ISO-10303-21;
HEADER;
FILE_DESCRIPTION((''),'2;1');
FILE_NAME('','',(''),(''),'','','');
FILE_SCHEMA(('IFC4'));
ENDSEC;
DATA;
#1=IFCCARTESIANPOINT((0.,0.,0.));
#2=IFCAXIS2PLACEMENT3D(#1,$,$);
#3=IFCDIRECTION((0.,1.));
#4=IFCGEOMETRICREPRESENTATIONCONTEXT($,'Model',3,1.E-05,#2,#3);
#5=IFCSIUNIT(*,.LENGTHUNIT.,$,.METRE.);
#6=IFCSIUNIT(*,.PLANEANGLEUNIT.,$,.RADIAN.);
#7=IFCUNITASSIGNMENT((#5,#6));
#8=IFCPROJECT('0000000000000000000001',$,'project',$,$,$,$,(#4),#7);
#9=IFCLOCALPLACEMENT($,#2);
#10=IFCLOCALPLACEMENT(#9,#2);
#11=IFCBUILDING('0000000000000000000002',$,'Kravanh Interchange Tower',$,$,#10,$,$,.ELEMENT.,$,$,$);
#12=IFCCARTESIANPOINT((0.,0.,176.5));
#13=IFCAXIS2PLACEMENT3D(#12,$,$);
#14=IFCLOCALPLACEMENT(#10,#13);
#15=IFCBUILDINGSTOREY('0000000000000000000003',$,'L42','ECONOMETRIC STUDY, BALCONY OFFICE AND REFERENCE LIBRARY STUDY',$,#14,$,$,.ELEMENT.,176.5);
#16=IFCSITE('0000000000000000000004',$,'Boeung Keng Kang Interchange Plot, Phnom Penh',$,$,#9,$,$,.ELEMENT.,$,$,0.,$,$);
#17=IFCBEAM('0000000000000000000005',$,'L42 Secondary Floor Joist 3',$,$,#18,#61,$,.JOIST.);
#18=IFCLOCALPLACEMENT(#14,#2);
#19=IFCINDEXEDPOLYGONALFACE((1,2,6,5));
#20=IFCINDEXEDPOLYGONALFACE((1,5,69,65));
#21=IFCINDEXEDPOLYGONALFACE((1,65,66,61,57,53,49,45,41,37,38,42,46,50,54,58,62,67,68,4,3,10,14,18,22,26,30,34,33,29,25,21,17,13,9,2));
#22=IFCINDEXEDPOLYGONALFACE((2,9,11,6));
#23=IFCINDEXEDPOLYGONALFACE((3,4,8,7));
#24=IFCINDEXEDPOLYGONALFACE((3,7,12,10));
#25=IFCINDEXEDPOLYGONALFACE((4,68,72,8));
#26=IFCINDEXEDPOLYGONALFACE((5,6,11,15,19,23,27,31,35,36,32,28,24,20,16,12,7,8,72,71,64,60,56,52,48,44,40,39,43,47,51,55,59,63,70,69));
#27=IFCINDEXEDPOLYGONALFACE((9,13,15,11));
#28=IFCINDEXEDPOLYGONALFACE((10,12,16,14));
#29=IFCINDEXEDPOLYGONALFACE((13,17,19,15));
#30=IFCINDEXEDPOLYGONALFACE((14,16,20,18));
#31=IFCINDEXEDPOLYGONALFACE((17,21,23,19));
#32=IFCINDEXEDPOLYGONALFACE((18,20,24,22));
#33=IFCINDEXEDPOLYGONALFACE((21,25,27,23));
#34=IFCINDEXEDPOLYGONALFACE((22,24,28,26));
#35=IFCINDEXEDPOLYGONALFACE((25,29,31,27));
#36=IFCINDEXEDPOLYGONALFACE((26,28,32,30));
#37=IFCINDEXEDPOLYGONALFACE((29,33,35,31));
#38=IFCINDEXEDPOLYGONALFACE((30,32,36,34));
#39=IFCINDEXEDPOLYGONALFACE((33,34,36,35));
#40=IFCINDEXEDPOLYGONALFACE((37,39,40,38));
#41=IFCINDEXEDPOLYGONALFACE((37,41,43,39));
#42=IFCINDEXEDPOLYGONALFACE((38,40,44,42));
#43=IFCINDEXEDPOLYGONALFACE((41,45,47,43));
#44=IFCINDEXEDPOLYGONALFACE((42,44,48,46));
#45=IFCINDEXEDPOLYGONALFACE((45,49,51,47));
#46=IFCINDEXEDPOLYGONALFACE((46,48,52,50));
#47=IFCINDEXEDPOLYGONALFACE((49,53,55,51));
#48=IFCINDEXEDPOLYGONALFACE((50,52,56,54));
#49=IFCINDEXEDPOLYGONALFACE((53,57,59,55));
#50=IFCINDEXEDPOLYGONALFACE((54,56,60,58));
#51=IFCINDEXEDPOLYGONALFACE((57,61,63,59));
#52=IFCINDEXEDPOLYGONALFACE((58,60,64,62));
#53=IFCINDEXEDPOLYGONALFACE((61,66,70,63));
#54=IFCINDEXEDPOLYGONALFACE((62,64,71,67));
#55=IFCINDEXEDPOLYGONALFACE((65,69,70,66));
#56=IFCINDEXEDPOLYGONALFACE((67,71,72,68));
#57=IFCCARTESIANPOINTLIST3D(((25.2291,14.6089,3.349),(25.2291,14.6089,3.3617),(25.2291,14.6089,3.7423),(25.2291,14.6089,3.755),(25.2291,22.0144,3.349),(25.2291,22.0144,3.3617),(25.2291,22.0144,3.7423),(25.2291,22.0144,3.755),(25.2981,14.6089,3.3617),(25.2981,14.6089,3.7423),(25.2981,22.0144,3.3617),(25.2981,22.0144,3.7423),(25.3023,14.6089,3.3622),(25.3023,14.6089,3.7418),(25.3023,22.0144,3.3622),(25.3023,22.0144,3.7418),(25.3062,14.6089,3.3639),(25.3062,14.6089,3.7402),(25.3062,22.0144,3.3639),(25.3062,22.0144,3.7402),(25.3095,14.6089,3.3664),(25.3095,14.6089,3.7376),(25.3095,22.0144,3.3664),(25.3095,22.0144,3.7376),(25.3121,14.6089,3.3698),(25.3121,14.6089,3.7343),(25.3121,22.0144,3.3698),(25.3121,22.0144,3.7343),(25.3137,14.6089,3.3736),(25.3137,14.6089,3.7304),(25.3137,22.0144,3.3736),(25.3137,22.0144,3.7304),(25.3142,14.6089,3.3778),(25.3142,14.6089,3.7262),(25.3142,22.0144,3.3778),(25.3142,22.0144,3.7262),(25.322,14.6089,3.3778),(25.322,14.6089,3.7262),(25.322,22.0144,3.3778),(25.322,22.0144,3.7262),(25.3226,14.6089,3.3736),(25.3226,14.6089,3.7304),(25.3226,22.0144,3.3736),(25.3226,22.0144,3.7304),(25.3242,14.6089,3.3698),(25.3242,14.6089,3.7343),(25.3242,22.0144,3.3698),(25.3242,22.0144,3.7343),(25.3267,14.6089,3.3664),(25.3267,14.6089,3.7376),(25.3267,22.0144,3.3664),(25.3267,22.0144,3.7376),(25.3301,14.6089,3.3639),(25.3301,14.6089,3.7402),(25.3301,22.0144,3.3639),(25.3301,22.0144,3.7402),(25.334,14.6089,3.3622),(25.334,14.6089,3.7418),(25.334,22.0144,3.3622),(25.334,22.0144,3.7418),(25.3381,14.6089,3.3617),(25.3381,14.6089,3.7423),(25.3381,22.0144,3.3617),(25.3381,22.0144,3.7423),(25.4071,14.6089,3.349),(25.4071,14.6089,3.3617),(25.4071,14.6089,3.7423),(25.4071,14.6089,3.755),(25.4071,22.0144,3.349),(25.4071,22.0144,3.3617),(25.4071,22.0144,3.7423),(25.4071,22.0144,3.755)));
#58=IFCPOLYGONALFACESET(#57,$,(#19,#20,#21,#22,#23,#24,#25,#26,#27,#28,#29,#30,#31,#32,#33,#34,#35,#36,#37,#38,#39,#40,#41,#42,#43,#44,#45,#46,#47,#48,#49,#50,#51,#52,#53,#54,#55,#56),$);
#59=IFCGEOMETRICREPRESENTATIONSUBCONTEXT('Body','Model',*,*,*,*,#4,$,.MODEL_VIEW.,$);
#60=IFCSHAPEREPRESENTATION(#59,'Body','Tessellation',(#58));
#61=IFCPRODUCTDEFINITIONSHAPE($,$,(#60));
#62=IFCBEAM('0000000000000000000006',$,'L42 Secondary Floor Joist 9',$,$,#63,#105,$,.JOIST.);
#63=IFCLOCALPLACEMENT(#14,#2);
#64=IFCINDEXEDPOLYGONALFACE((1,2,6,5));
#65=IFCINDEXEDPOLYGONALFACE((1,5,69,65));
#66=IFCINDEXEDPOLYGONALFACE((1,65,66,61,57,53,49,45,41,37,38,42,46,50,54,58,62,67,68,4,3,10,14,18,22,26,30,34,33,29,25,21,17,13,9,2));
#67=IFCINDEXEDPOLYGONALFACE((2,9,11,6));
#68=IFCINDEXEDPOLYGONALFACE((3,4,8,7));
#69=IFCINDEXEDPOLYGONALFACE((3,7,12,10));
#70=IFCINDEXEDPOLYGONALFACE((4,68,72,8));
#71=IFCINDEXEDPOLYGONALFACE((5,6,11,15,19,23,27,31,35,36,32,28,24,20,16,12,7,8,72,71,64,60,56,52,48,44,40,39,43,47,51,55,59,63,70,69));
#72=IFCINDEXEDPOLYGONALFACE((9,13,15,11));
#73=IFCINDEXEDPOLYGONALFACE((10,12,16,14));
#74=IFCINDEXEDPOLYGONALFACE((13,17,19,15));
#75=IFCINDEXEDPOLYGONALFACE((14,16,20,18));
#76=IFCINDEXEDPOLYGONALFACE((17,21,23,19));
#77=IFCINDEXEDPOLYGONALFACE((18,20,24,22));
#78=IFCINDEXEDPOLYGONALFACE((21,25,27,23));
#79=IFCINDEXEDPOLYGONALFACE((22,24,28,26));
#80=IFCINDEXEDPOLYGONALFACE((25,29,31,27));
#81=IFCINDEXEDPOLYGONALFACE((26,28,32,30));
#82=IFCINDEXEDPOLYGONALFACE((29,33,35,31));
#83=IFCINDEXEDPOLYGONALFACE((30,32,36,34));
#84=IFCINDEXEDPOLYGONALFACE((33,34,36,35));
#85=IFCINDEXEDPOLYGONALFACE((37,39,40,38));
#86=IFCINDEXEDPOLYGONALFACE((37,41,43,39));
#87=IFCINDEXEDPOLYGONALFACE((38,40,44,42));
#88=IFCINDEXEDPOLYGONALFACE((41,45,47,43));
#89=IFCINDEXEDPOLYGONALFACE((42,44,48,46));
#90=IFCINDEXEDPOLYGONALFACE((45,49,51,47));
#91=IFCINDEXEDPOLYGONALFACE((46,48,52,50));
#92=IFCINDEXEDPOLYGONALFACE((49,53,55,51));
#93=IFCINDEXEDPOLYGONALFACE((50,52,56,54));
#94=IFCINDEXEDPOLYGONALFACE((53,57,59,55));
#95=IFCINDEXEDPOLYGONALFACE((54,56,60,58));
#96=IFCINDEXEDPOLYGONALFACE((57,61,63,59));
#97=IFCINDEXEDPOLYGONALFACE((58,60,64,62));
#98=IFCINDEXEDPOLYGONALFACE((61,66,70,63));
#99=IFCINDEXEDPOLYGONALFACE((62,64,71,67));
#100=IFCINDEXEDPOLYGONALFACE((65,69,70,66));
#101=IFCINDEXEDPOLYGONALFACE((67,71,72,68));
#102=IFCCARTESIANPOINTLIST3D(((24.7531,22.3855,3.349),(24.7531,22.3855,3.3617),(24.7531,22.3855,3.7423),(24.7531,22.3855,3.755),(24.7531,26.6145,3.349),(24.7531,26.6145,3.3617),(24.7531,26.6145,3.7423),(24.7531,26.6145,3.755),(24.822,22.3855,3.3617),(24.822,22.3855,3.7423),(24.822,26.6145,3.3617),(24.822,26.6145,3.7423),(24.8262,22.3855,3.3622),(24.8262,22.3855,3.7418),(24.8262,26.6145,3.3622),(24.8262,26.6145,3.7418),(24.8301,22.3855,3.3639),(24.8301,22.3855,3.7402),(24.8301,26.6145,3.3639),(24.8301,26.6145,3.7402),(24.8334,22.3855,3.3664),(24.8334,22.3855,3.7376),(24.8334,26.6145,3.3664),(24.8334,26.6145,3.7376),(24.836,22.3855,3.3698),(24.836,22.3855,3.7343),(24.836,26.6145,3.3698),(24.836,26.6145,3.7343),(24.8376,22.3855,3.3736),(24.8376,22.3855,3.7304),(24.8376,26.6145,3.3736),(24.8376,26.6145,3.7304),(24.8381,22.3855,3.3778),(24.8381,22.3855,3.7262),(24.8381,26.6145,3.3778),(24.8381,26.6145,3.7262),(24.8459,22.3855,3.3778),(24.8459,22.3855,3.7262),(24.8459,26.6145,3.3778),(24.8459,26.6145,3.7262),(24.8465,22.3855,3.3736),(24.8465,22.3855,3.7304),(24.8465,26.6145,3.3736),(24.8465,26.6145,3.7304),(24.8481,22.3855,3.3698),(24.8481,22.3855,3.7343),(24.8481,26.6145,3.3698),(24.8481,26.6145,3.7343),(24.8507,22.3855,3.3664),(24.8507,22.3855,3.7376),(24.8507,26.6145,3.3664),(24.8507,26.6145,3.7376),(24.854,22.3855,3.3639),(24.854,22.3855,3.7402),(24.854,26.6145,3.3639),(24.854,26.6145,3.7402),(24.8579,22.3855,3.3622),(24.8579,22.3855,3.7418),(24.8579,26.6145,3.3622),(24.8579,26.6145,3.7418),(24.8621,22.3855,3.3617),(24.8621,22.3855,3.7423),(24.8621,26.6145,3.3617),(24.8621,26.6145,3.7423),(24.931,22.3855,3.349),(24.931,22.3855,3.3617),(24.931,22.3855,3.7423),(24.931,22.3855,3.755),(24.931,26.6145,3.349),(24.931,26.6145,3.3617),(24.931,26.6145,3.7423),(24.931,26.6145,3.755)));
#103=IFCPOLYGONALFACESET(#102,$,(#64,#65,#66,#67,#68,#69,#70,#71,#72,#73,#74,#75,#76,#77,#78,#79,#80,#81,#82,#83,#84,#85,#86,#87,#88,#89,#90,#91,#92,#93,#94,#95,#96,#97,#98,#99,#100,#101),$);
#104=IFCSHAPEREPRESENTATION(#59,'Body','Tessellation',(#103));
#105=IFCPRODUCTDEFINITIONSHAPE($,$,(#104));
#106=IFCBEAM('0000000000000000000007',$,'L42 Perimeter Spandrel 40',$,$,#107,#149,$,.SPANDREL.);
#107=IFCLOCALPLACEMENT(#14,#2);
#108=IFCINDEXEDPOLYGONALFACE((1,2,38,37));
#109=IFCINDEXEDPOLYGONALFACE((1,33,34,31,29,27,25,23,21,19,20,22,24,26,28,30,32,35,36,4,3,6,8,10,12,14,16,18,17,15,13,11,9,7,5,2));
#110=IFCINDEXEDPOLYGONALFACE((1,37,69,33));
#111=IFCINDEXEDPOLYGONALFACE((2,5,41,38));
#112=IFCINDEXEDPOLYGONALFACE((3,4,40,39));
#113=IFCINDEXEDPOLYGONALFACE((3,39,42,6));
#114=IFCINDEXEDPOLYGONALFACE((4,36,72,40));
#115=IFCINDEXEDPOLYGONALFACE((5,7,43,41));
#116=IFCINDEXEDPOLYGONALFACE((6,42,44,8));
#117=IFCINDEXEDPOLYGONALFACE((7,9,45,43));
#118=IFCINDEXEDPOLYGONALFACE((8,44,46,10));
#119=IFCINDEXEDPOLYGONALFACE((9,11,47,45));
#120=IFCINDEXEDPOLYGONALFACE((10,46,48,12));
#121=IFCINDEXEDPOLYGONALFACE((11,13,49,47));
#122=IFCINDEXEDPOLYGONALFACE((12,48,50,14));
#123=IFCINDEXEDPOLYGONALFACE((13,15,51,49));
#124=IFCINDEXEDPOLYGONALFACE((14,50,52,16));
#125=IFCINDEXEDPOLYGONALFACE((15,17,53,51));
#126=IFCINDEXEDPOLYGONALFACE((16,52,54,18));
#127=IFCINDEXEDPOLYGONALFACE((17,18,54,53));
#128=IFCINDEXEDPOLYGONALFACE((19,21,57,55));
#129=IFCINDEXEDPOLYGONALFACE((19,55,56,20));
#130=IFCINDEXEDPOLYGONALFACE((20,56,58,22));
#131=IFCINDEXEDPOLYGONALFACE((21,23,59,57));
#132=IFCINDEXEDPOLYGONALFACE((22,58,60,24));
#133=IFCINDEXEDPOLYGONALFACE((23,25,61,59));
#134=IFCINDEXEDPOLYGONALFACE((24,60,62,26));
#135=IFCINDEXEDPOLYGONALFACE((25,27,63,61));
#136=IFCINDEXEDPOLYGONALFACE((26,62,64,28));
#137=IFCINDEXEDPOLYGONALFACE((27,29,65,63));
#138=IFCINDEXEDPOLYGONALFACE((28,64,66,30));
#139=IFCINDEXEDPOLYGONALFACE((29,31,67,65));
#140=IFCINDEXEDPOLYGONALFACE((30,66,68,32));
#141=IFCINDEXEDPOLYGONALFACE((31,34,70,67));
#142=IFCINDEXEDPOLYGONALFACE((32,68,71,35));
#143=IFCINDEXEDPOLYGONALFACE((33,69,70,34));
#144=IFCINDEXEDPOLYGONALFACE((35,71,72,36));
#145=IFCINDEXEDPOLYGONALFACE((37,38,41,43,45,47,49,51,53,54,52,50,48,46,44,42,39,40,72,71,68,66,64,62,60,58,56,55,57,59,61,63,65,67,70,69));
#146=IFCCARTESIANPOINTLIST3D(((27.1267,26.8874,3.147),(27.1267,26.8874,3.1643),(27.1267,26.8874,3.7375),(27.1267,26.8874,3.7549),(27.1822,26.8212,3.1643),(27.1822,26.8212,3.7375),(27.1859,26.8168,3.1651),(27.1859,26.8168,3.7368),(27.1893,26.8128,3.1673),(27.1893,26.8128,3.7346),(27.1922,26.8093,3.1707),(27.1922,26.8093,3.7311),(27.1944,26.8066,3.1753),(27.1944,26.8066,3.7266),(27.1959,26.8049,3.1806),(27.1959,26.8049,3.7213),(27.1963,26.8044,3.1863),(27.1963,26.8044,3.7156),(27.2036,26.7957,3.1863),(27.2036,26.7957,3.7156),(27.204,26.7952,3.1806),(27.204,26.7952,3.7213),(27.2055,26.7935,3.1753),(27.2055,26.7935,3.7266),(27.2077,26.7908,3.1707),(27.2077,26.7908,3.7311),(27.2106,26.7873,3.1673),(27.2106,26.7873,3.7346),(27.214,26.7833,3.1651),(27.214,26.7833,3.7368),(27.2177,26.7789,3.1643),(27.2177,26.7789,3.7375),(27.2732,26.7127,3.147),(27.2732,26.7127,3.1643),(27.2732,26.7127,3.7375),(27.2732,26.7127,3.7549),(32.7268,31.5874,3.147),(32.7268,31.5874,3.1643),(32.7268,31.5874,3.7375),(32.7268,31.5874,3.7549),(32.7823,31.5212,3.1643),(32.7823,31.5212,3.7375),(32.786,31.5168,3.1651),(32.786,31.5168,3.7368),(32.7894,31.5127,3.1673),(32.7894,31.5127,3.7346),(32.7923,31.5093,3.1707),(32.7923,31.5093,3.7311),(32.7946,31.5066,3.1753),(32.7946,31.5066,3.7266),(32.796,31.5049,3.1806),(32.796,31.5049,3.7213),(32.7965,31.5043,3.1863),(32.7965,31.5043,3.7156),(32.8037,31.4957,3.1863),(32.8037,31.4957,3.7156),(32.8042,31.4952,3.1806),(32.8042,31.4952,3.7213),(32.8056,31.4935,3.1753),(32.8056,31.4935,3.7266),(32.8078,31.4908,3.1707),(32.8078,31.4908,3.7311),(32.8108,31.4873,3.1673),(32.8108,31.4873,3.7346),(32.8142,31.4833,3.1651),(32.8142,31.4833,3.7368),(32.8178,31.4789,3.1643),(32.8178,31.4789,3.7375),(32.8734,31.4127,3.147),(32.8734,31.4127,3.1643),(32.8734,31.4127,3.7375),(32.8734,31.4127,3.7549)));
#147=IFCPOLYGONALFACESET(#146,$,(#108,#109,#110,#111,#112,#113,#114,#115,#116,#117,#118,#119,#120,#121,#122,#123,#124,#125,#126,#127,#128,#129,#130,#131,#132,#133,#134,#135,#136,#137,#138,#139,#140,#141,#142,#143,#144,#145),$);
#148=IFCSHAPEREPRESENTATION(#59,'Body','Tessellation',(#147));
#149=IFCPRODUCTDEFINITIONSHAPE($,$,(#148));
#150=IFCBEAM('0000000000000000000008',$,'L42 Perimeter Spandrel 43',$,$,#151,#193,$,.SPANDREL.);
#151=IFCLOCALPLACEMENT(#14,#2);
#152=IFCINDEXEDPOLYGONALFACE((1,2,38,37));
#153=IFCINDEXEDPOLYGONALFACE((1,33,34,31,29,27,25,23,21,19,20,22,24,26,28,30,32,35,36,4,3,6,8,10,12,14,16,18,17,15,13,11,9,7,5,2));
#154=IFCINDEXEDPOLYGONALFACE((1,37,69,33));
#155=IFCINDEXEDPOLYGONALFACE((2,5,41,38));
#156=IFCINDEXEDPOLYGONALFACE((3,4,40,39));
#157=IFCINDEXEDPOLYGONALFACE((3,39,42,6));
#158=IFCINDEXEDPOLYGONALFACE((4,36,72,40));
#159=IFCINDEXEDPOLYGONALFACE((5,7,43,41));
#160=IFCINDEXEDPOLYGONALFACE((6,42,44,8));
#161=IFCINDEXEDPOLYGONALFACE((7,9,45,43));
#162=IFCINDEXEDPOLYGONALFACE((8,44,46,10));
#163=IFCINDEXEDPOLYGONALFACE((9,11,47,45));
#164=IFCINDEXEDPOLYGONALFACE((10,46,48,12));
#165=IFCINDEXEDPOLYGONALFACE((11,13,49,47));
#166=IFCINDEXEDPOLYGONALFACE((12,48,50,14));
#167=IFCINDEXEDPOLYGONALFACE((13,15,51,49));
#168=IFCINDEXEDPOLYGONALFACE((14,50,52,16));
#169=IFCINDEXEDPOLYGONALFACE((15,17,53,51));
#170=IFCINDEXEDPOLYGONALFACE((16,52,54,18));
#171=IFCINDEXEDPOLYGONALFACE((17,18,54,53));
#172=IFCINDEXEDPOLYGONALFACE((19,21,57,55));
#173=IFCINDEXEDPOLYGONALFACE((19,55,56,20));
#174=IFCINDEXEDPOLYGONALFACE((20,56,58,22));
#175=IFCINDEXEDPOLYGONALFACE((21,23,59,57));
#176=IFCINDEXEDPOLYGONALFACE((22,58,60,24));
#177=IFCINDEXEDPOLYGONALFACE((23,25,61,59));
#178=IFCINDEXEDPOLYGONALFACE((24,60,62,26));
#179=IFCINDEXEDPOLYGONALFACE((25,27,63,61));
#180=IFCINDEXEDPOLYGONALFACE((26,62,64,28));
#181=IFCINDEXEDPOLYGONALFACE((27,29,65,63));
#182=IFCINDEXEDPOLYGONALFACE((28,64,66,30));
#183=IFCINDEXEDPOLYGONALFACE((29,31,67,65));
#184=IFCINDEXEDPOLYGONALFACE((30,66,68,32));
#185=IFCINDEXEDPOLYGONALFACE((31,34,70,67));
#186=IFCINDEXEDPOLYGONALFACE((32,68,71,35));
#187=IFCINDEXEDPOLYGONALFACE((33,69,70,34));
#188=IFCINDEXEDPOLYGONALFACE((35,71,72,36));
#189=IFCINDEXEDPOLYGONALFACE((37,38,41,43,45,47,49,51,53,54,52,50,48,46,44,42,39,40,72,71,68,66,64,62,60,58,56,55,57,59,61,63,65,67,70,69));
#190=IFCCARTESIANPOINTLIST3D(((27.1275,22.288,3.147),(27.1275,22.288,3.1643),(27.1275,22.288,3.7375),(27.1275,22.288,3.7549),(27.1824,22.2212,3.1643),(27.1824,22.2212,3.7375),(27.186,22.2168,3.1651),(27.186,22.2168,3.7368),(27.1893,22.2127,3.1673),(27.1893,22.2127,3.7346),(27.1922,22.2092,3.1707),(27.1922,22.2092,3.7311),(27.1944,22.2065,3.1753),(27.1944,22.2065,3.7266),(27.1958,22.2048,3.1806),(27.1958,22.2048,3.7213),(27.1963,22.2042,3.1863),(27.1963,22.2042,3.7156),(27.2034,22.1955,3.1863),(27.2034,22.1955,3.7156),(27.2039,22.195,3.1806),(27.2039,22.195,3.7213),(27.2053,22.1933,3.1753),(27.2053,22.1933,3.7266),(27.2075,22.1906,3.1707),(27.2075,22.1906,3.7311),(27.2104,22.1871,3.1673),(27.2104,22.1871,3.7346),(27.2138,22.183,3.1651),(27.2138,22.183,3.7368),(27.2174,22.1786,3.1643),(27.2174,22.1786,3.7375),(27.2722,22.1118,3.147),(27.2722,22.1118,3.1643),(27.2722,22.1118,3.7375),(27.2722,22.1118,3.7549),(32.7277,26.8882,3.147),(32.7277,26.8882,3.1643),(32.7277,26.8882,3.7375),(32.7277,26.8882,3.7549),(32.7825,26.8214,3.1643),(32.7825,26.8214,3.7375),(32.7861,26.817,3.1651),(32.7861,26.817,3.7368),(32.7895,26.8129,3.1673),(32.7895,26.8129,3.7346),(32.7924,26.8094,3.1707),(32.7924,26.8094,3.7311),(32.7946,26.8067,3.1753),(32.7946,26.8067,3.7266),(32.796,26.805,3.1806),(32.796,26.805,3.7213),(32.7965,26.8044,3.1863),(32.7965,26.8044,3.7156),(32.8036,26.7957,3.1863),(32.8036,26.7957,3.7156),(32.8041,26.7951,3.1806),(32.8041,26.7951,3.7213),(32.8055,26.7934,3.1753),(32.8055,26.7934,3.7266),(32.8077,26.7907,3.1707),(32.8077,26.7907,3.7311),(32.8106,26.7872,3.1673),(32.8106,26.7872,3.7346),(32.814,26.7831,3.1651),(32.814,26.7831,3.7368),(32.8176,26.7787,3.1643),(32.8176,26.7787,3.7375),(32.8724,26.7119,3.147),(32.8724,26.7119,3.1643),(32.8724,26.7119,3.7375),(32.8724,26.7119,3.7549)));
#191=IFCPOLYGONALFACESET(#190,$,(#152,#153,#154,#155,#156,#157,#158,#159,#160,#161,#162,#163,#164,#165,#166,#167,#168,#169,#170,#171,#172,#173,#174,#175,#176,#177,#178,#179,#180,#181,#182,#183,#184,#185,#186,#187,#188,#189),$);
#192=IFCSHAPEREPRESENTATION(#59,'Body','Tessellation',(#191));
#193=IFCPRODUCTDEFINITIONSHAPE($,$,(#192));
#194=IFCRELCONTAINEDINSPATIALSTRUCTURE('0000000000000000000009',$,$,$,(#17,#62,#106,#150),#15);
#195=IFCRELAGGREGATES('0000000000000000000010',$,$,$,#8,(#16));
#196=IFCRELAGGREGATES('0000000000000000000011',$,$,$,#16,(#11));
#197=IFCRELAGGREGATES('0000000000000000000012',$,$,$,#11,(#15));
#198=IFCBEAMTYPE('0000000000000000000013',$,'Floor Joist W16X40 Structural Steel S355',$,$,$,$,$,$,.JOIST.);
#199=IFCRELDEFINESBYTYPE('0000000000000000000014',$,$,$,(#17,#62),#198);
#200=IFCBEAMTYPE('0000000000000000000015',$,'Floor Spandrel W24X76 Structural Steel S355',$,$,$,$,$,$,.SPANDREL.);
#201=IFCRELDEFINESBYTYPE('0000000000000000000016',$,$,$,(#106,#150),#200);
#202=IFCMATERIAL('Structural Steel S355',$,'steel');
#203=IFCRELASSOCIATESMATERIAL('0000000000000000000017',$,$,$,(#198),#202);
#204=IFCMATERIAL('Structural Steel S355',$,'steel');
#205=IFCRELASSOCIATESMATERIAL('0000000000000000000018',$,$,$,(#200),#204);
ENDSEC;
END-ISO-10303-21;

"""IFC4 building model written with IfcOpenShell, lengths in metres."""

from ifc_helpers import new_model, si_unit, direction, frame, origin, origin_2d, place, context, subcontext, project, spatial, i_section, extrude, material, material_profile, profile_set, type_object, element, save


model = new_model("IFC4")

# Units and contexts
model_context = context("Model", 3, precision=1e-05, world=origin(), true_north=direction((0.0, 1.0)))
body_context = subcontext(model_context, "Body", "Model", "MODEL_VIEW")
ifc_project = project(units=[si_unit("LENGTHUNIT", "METRE"), si_unit("PLANEANGLEUNIT", "RADIAN")], contexts=[model_context])

# Site, building, storey
site_placement = place(None, origin())
site = spatial("IfcSite", under=ifc_project, at=site_placement, Name="Boeung Keng Kang Interchange Plot, Phnom Penh", CompositionType="ELEMENT", RefElevation=0.0)
building_placement = place(site_placement, origin())
building = spatial("IfcBuilding", under=site, at=building_placement, Name="Kravanh Interchange Tower", CompositionType="ELEMENT")
storey_placement = place(building_placement, frame((0.0, 0.0, 176.5)))
storey = spatial("IfcBuildingStorey", under=building, at=storey_placement, Name="L42", Description="ECONOMETRIC STUDY, BALCONY OFFICE AND REFERENCE LIBRARY STUDY", CompositionType="ELEMENT", Elevation=176.5)

# Beams
ifc_material_1 = material(Name="Structural Steel S355", Category="steel")
ifc_material_profile_1 = material_profile(ifc_material_1, i_section(OverallWidth=0.178, OverallDepth=0.406, WebThickness=0.0078, FlangeThickness=0.0127, FilletRadius=0.0161, at=origin_2d()), Name="W16X40")
ifc_profile_set_1 = profile_set([ifc_material_profile_1], Name="Structural Steel S355")
beam_type_1 = type_object("IfcBeamType", Name="Floor Joist W16X40 Structural Steel S355", PredefinedType="JOIST", material=ifc_profile_set_1)
beam_1_placement = place(storey_placement, frame((25.3181, 14.6089, 3.552), z_axis=(0.0, 1.0, 0.0), x_axis=(-1.0, 0.0, 0.0)))
element("IfcBeam", 1, at=beam_1_placement, inside=storey, type_object=beam_type_1, Name="L42 Secondary Floor Joist 3", PredefinedType="JOIST", context=body_context, shape_type="SweptSolid", body=[
    extrude(i_section(OverallWidth=0.178, OverallDepth=0.406, WebThickness=0.0078, FlangeThickness=0.0127, FilletRadius=0.0161, at=origin_2d()), origin(), (0.0, 0.0, 1.0), 7.4055),
])
beam_2_placement = place(storey_placement, frame((24.842, 22.3855, 3.552), z_axis=(0.0, 1.0, 0.0), x_axis=(-1.0, 0.0, 0.0)))
element("IfcBeam", 2, at=beam_2_placement, inside=storey, type_object=beam_type_1, Name="L42 Secondary Floor Joist 9", PredefinedType="JOIST", context=body_context, shape_type="SweptSolid", body=[
    extrude(i_section(OverallWidth=0.178, OverallDepth=0.406, WebThickness=0.0078, FlangeThickness=0.0127, FilletRadius=0.0161, at=origin_2d()), origin(), (0.0, 0.0, 1.0), 4.229),
])
ifc_material_2 = material(Name="Structural Steel S355", Category="steel")
ifc_material_profile_2 = material_profile(ifc_material_2, i_section(OverallWidth=0.228, OverallDepth=0.6079, WebThickness=0.0112, FlangeThickness=0.0173, FilletRadius=0.022, at=origin_2d()), Name="W24X76")
ifc_profile_set_2 = profile_set([ifc_material_profile_2], Name="Structural Steel S355")
beam_type_2 = type_object("IfcBeamType", Name="Floor Spandrel W24X76 Structural Steel S355", PredefinedType="SPANDREL", material=ifc_profile_set_2)
beam_3_placement = place(storey_placement, frame((27.2, 26.8, 3.4509), z_axis=(0.765983, 0.642861, 0.0), x_axis=(-0.642861, 0.765983, 0.0)))
element("IfcBeam", 3, at=beam_3_placement, inside=storey, type_object=beam_type_2, Name="L42 Perimeter Spandrel 40", PredefinedType="SPANDREL", context=body_context, shape_type="SweptSolid", body=[
    extrude(i_section(OverallWidth=0.228, OverallDepth=0.6079, WebThickness=0.0112, FlangeThickness=0.0173, FilletRadius=0.022, at=origin_2d()), origin(), (0.0, 0.0, 1.0), 7.311),
])
beam_4_placement = place(storey_placement, frame((32.8, 26.8, 3.4509), z_axis=(-0.772725, -0.634741, 0.0), x_axis=(0.634741, -0.772725, 0.0)))
element("IfcBeam", 4, at=beam_4_placement, inside=storey, type_object=beam_type_2, Name="L42 Perimeter Spandrel 43", PredefinedType="SPANDREL", context=body_context, shape_type="SweptSolid", body=[
    extrude(i_section(OverallWidth=0.228, OverallDepth=0.6079, WebThickness=0.0112, FlangeThickness=0.0173, FilletRadius=0.022, at=origin_2d()), origin(), (0.0, 0.0, 1.0), 7.2473),
])

save(model, "model.ifc")
